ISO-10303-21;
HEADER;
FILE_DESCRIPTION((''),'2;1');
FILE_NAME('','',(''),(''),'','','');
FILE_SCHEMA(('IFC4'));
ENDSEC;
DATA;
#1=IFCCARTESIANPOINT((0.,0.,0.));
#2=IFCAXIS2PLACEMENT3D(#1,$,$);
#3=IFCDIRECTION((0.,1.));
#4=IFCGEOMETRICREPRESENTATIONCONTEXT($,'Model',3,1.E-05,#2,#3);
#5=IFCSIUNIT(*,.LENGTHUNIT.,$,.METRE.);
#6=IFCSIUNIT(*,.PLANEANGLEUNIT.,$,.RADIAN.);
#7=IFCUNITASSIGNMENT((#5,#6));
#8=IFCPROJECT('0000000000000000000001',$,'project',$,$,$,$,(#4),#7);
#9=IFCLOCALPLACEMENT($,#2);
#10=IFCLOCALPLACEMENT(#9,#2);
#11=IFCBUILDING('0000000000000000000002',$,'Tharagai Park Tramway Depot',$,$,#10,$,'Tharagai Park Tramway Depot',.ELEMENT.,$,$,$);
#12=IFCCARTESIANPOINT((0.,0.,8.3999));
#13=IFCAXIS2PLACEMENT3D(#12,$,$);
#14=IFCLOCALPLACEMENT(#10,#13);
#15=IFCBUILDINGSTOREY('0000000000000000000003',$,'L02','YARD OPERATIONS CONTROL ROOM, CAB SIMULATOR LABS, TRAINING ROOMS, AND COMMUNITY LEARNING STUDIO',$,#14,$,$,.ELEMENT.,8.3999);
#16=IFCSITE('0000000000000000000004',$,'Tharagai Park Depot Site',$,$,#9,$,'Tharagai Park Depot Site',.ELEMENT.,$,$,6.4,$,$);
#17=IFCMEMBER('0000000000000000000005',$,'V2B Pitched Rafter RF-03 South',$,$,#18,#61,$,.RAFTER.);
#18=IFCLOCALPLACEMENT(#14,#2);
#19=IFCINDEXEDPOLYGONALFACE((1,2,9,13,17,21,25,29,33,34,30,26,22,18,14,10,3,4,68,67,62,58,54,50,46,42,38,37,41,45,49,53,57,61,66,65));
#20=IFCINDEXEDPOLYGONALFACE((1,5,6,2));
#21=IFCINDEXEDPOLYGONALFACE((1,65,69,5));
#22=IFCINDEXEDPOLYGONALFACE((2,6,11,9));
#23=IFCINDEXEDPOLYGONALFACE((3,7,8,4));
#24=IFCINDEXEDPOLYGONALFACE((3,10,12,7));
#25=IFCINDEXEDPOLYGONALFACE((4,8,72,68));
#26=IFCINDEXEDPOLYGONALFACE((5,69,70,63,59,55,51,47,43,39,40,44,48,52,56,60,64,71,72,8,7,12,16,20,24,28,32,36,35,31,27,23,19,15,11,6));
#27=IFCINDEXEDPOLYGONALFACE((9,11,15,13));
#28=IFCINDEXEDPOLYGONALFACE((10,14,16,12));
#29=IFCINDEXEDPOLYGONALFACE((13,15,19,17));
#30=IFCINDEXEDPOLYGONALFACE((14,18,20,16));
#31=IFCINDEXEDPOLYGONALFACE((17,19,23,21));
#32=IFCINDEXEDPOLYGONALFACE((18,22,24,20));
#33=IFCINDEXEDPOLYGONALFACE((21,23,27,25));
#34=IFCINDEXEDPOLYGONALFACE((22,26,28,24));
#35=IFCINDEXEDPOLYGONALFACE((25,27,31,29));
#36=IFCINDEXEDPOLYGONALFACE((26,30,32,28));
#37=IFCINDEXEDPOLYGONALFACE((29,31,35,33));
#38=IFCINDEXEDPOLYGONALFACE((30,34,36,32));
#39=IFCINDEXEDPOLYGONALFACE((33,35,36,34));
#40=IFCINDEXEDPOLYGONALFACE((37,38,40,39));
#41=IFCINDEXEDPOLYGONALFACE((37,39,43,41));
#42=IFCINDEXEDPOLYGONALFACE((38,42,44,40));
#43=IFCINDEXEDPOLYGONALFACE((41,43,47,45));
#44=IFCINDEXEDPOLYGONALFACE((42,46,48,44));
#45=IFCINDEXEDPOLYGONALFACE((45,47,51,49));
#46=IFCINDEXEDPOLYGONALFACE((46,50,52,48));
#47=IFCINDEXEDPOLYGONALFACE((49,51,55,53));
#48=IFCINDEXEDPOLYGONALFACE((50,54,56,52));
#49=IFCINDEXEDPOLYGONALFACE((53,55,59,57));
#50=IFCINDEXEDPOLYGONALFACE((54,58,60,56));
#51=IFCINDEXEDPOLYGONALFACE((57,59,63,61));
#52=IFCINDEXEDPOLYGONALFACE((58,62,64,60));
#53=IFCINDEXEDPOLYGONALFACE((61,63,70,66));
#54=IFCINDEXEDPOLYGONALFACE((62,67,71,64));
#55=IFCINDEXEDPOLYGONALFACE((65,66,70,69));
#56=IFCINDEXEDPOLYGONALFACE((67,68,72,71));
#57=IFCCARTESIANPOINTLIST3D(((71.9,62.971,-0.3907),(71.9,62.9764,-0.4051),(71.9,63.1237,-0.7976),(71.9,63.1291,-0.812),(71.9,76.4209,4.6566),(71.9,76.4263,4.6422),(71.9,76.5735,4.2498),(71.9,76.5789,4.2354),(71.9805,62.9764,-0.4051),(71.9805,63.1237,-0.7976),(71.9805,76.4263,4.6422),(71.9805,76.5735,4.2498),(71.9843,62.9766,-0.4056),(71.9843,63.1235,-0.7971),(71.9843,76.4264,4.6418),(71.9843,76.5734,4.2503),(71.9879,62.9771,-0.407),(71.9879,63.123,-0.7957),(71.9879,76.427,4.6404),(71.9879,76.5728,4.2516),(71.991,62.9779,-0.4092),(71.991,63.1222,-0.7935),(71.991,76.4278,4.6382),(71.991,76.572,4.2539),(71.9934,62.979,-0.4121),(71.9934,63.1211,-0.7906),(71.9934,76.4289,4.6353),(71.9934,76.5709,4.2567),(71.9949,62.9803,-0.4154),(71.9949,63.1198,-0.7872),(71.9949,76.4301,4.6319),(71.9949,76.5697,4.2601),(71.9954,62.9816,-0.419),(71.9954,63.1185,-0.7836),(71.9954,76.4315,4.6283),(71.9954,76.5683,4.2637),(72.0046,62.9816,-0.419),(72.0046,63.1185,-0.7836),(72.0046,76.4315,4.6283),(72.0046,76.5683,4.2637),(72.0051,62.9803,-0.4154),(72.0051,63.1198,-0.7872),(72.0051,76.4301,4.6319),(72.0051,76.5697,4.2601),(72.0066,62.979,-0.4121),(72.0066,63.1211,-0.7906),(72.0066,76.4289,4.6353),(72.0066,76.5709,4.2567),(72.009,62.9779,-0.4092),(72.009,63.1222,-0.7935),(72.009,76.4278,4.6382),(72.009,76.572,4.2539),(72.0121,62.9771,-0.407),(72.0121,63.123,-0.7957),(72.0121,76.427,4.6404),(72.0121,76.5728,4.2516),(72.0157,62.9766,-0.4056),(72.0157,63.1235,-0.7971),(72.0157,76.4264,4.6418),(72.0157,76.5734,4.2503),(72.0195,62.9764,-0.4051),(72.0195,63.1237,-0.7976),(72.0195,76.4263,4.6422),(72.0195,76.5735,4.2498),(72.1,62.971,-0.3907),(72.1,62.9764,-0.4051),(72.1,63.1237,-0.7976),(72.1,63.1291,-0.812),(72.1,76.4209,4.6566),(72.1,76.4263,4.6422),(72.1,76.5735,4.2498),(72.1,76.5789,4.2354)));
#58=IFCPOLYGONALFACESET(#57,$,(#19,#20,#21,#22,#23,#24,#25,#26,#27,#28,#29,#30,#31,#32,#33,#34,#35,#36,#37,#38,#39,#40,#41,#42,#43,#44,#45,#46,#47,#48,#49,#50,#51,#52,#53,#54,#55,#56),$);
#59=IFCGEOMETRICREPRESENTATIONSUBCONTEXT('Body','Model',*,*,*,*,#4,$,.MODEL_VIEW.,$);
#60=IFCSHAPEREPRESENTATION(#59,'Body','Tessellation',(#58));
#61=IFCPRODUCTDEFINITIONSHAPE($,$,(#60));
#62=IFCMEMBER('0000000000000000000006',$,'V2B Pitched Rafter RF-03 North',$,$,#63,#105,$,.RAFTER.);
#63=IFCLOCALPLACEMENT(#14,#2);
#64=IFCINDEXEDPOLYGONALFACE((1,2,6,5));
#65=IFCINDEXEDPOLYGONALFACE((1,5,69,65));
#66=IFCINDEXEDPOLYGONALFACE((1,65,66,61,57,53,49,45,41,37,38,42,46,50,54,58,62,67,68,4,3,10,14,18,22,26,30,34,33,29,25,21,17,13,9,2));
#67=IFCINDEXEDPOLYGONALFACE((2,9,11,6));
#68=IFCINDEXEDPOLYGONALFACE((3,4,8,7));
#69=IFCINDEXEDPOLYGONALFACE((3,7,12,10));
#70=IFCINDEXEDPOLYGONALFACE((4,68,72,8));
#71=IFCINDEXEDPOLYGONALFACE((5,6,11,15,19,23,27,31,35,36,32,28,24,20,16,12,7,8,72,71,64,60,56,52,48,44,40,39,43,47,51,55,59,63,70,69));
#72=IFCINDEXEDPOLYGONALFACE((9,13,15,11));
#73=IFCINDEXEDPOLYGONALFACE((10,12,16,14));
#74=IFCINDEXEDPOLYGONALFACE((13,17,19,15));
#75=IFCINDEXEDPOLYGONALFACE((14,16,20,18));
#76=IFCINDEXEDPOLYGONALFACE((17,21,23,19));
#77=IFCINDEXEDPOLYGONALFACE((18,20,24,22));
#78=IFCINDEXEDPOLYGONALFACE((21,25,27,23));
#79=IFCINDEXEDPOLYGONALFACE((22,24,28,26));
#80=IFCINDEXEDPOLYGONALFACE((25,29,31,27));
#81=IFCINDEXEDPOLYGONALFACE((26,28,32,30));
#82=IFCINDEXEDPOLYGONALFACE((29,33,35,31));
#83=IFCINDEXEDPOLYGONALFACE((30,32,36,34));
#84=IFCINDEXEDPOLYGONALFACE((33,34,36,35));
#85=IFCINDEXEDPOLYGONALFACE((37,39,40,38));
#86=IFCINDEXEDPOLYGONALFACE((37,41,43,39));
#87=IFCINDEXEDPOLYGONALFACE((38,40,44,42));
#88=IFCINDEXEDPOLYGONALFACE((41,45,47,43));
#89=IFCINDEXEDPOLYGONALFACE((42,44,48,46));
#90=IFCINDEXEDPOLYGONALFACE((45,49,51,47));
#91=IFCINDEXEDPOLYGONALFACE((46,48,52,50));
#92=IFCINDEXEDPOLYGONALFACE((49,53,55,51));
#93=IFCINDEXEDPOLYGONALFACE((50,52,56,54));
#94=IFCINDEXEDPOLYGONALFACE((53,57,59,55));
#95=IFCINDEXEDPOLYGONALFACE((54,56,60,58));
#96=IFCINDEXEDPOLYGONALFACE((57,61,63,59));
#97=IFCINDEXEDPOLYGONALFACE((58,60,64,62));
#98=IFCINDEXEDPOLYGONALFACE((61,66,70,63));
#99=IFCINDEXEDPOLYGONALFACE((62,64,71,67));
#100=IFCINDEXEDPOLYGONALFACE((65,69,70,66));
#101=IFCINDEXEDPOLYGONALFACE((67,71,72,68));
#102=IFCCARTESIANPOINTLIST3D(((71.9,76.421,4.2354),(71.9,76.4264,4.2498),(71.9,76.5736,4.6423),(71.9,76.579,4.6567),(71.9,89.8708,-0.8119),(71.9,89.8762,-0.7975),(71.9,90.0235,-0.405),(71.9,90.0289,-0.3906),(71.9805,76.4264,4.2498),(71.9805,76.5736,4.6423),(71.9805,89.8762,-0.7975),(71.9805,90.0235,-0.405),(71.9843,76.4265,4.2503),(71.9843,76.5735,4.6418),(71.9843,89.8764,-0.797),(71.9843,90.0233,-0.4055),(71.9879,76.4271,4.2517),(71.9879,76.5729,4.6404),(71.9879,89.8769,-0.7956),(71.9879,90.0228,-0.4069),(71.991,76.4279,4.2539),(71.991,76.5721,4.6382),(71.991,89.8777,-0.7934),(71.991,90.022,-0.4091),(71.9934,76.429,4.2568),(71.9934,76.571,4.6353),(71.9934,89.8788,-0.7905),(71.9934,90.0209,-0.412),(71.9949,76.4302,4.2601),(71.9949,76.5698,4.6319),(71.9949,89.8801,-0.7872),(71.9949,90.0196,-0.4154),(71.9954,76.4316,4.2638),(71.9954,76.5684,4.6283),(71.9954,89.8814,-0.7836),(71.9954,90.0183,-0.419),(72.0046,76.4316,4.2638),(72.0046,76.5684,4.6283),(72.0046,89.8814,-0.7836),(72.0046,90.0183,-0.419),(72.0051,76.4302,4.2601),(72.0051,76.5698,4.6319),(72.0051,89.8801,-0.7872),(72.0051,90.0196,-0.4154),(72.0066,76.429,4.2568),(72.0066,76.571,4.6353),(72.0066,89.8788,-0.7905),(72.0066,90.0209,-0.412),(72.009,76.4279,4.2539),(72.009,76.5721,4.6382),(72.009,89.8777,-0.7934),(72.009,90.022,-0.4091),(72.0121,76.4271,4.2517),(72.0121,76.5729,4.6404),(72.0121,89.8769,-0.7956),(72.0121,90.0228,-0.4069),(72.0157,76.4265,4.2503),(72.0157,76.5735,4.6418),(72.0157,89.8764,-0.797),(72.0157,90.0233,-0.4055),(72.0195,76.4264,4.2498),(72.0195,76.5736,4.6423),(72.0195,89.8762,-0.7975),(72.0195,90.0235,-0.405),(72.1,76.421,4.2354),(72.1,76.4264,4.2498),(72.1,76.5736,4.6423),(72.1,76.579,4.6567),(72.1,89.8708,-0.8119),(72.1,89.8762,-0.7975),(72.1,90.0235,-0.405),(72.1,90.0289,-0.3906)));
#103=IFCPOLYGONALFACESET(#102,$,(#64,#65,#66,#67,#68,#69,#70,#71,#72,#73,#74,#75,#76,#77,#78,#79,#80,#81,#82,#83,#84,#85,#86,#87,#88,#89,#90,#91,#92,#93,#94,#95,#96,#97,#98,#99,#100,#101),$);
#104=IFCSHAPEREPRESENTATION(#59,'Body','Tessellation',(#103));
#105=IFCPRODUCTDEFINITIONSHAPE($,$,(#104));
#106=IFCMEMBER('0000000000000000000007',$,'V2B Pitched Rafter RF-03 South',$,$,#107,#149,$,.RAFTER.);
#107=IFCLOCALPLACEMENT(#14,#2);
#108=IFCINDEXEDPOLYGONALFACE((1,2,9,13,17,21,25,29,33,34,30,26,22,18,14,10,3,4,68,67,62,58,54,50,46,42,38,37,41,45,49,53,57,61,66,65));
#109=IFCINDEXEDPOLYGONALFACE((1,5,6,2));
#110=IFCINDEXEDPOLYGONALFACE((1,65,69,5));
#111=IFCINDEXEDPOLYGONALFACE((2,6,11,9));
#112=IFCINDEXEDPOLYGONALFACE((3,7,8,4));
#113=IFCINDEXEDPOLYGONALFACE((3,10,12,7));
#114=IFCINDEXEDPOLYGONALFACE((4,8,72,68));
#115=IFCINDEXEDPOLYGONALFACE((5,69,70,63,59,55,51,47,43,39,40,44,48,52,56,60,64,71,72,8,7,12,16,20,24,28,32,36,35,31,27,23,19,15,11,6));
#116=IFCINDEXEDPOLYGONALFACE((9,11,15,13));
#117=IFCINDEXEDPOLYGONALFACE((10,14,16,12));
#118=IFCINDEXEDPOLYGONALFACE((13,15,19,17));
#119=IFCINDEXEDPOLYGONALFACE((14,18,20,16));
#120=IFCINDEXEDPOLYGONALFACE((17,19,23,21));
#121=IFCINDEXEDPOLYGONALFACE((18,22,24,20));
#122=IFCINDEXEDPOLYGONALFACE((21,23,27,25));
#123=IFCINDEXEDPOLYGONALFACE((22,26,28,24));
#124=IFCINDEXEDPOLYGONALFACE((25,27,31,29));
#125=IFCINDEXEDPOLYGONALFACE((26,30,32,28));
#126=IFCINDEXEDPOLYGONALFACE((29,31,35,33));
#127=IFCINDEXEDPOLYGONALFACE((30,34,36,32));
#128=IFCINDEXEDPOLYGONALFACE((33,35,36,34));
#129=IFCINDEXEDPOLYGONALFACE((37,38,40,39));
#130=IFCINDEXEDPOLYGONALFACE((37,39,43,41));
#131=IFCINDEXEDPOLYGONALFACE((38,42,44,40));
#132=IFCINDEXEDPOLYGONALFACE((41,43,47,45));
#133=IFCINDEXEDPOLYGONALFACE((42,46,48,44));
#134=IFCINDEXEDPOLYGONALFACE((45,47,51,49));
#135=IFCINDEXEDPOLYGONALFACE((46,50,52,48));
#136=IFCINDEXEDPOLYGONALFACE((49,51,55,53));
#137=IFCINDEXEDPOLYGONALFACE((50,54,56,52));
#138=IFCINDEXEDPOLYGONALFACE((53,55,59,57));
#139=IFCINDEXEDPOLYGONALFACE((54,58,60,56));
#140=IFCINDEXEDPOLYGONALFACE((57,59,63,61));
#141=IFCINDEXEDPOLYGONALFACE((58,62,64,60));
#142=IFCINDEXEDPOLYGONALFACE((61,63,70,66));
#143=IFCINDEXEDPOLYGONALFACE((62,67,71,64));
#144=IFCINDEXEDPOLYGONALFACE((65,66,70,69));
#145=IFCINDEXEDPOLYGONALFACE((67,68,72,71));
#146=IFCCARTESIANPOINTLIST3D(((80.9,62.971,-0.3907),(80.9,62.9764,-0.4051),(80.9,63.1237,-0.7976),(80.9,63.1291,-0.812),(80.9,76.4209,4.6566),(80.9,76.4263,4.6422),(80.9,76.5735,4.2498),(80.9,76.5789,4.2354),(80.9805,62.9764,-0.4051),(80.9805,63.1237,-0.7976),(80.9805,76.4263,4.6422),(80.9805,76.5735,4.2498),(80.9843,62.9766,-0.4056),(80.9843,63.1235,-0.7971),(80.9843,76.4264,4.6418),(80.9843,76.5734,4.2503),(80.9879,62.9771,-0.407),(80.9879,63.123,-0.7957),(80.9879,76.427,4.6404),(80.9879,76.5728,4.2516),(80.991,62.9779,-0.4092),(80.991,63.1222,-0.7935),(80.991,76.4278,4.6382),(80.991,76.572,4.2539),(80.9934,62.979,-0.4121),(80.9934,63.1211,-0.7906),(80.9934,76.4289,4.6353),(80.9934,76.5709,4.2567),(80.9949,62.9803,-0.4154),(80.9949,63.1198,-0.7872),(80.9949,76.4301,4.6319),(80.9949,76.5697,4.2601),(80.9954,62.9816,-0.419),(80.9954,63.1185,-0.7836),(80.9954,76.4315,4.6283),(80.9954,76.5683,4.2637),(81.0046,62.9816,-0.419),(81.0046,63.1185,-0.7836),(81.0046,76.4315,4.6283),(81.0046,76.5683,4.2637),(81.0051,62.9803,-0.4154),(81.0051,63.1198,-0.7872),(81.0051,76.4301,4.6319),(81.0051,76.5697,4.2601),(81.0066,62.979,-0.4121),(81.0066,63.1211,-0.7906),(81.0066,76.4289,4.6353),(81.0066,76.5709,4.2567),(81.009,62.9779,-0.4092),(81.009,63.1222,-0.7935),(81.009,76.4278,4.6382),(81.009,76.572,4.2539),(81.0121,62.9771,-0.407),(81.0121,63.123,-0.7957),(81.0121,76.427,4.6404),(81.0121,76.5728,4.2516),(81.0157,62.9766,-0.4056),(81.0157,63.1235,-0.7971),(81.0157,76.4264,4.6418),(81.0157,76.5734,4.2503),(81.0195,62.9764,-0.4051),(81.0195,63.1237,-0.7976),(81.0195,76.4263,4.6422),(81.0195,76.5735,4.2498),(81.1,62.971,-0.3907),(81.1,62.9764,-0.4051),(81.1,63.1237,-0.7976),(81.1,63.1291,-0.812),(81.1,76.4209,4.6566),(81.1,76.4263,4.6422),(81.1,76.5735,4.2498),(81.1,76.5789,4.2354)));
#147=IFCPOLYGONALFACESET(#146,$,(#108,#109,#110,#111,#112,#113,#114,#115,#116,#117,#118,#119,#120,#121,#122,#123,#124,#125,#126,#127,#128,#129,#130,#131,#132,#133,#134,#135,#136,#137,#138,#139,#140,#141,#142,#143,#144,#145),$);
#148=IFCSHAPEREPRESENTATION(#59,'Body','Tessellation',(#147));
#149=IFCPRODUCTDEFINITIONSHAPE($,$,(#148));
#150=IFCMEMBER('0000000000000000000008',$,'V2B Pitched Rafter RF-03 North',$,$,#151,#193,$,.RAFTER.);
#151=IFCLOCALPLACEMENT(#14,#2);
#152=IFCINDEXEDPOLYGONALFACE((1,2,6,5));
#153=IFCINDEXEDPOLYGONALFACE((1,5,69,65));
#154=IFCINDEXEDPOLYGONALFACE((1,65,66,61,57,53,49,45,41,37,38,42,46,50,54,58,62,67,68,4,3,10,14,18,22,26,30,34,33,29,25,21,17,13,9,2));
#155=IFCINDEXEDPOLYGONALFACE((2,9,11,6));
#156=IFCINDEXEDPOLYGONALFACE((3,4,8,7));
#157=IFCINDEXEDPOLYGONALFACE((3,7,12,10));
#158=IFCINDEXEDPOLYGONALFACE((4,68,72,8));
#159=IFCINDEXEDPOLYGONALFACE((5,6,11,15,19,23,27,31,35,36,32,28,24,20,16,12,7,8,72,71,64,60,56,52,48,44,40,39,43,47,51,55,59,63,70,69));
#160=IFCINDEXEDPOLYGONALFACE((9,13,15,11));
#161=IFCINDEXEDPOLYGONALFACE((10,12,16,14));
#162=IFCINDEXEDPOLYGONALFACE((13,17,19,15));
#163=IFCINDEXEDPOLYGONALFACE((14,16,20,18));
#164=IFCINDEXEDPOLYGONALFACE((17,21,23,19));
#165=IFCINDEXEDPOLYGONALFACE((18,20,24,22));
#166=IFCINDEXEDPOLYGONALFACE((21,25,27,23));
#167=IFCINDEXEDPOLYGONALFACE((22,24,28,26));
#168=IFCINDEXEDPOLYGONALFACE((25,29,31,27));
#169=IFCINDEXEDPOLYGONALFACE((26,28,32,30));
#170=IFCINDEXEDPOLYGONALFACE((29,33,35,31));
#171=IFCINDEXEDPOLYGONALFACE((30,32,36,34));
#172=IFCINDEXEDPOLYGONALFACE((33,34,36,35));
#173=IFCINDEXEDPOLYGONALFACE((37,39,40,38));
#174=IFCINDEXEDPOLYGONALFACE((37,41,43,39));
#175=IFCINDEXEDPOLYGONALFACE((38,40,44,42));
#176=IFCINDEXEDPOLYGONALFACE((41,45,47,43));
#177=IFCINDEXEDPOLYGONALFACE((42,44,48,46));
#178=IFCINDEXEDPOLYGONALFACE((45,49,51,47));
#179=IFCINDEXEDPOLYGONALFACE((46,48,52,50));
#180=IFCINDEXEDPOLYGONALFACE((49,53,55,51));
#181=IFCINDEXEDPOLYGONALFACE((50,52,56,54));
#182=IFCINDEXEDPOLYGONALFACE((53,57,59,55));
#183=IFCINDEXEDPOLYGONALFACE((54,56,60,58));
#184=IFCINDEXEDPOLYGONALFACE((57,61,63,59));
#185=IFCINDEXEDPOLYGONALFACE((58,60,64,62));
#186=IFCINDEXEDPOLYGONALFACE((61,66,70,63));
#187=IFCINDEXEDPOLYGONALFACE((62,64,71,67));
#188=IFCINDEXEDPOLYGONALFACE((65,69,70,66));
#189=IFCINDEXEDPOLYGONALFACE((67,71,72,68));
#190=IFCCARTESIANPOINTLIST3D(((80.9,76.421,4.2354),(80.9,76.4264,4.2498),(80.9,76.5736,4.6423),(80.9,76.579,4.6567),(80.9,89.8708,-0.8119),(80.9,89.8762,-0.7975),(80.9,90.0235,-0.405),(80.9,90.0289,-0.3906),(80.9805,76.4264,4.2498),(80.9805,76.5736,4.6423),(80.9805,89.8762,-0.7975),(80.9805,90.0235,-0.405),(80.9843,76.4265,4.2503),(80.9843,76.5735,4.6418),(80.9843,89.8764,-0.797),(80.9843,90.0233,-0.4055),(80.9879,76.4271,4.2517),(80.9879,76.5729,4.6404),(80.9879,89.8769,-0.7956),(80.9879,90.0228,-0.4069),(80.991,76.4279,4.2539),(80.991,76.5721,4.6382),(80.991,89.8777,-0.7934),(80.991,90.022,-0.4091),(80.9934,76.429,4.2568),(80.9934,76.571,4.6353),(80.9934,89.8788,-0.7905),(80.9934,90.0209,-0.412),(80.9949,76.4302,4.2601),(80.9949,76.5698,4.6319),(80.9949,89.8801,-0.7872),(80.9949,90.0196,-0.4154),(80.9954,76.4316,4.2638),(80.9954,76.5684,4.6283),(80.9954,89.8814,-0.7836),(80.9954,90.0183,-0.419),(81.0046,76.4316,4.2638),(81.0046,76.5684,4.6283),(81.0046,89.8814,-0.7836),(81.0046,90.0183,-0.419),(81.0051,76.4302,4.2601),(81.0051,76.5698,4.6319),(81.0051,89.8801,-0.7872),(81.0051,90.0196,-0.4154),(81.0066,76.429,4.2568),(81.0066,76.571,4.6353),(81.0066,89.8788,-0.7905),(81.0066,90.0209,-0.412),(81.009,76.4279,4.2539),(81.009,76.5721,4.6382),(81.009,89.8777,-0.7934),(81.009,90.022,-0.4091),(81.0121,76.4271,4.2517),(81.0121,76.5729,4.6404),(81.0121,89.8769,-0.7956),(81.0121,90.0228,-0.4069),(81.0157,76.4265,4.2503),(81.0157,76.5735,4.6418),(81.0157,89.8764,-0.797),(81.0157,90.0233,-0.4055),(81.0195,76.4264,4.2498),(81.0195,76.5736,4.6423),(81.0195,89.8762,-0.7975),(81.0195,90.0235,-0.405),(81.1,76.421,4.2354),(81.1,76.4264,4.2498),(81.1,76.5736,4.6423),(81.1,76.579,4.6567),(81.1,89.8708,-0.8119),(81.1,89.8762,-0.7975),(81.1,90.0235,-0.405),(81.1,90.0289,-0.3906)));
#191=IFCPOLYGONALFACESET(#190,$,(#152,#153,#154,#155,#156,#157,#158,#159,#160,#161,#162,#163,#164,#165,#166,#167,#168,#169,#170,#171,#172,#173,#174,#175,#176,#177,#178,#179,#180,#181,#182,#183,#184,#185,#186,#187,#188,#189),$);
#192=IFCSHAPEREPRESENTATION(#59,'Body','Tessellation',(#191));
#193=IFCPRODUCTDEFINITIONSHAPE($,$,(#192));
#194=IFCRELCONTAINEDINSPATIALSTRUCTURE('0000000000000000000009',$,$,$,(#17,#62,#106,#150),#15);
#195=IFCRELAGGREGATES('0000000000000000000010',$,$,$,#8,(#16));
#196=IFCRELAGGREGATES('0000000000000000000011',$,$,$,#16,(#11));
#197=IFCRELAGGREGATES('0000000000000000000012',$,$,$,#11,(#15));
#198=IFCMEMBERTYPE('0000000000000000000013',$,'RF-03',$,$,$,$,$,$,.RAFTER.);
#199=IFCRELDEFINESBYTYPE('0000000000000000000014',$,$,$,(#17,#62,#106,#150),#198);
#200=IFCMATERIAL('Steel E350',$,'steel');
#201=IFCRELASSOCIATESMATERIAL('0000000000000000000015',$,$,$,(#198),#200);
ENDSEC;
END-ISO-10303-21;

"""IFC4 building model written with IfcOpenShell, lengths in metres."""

from ifc_helpers import new_model, si_unit, direction, frame, origin, origin_2d, place, context, subcontext, project, spatial, i_section, extrude, material, material_profile, profile_set, type_object, element, save


model = new_model("IFC4")

# Units and contexts
model_context = context("Model", 3, precision=1e-05, world=origin(), true_north=direction((0.0, 1.0)))
body_context = subcontext(model_context, "Body", "Model", "MODEL_VIEW")
ifc_project = project(units=[si_unit("LENGTHUNIT", "METRE"), si_unit("PLANEANGLEUNIT", "RADIAN")], contexts=[model_context])

# Site, building, storey
site_placement = place(None, origin())
site = spatial("IfcSite", under=ifc_project, at=site_placement, Name="Tharagai Park Depot Site", LongName="Tharagai Park Depot Site", CompositionType="ELEMENT", RefElevation=6.4)
building_placement = place(site_placement, origin())
building = spatial("IfcBuilding", under=site, at=building_placement, Name="Tharagai Park Tramway Depot", LongName="Tharagai Park Tramway Depot", CompositionType="ELEMENT")
storey_placement = place(building_placement, frame((0.0, 0.0, 8.3999)))
storey = spatial("IfcBuildingStorey", under=building, at=storey_placement, Name="L02", Description="YARD OPERATIONS CONTROL ROOM, CAB SIMULATOR LABS, TRAINING ROOMS, AND COMMUNITY LEARNING STUDIO", CompositionType="ELEMENT", Elevation=8.3999)

# Shared definitions
ifc_material_1 = material(Name="Steel E350", Category="steel")

# Members
ifc_material_profile_1 = material_profile(ifc_material_1, i_section(OverallWidth=0.2, OverallDepth=0.45, WebThickness=0.0093, FlangeThickness=0.0154, FilletRadius=0.0149, at=origin_2d()), Name="ISWB 450")
ifc_profile_set_1 = profile_set([ifc_material_profile_1], Name="Steel E350")
member_type_1 = type_object("IfcMemberType", Name="RF-03", PredefinedType="RAFTER", material=ifc_profile_set_1)
for number, where, z_axis, x_axis, name in (
    (1, (72.0, 63.05, -0.6013), (0.0, 0.936246, 0.351345), (-1.0, 0.0, 0.0), "V2B Pitched Rafter RF-03 South"),
    (2, (72.0, 76.5, 4.446), (0.0, 0.936246, -0.351345), (-1.0, 0.0, 0.0), "V2B Pitched Rafter RF-03 North"),
    (3, (81.0, 63.05, -0.6013), (0.0, 0.936246, 0.351345), (-1.0, 0.0, 0.0), "V2B Pitched Rafter RF-03 South"),
    (4, (81.0, 76.5, 4.446), (0.0, 0.936246, -0.351345), (-1.0, 0.0, 0.0), "V2B Pitched Rafter RF-03 North"),
):
    element("IfcMember", number, at=place(storey_placement, frame(where, z_axis=z_axis, x_axis=x_axis)), inside=storey, type_object=member_type_1, Name=name, PredefinedType="RAFTER", context=body_context, shape_type="SweptSolid", body=[
        extrude(i_section(OverallWidth=0.2, OverallDepth=0.45, WebThickness=0.0093, FlangeThickness=0.0154, FilletRadius=0.0149, at=origin_2d()), origin(), (0.0, 0.0, 1.0), 14.3657),
    ])

save(model, "model.ifc")
